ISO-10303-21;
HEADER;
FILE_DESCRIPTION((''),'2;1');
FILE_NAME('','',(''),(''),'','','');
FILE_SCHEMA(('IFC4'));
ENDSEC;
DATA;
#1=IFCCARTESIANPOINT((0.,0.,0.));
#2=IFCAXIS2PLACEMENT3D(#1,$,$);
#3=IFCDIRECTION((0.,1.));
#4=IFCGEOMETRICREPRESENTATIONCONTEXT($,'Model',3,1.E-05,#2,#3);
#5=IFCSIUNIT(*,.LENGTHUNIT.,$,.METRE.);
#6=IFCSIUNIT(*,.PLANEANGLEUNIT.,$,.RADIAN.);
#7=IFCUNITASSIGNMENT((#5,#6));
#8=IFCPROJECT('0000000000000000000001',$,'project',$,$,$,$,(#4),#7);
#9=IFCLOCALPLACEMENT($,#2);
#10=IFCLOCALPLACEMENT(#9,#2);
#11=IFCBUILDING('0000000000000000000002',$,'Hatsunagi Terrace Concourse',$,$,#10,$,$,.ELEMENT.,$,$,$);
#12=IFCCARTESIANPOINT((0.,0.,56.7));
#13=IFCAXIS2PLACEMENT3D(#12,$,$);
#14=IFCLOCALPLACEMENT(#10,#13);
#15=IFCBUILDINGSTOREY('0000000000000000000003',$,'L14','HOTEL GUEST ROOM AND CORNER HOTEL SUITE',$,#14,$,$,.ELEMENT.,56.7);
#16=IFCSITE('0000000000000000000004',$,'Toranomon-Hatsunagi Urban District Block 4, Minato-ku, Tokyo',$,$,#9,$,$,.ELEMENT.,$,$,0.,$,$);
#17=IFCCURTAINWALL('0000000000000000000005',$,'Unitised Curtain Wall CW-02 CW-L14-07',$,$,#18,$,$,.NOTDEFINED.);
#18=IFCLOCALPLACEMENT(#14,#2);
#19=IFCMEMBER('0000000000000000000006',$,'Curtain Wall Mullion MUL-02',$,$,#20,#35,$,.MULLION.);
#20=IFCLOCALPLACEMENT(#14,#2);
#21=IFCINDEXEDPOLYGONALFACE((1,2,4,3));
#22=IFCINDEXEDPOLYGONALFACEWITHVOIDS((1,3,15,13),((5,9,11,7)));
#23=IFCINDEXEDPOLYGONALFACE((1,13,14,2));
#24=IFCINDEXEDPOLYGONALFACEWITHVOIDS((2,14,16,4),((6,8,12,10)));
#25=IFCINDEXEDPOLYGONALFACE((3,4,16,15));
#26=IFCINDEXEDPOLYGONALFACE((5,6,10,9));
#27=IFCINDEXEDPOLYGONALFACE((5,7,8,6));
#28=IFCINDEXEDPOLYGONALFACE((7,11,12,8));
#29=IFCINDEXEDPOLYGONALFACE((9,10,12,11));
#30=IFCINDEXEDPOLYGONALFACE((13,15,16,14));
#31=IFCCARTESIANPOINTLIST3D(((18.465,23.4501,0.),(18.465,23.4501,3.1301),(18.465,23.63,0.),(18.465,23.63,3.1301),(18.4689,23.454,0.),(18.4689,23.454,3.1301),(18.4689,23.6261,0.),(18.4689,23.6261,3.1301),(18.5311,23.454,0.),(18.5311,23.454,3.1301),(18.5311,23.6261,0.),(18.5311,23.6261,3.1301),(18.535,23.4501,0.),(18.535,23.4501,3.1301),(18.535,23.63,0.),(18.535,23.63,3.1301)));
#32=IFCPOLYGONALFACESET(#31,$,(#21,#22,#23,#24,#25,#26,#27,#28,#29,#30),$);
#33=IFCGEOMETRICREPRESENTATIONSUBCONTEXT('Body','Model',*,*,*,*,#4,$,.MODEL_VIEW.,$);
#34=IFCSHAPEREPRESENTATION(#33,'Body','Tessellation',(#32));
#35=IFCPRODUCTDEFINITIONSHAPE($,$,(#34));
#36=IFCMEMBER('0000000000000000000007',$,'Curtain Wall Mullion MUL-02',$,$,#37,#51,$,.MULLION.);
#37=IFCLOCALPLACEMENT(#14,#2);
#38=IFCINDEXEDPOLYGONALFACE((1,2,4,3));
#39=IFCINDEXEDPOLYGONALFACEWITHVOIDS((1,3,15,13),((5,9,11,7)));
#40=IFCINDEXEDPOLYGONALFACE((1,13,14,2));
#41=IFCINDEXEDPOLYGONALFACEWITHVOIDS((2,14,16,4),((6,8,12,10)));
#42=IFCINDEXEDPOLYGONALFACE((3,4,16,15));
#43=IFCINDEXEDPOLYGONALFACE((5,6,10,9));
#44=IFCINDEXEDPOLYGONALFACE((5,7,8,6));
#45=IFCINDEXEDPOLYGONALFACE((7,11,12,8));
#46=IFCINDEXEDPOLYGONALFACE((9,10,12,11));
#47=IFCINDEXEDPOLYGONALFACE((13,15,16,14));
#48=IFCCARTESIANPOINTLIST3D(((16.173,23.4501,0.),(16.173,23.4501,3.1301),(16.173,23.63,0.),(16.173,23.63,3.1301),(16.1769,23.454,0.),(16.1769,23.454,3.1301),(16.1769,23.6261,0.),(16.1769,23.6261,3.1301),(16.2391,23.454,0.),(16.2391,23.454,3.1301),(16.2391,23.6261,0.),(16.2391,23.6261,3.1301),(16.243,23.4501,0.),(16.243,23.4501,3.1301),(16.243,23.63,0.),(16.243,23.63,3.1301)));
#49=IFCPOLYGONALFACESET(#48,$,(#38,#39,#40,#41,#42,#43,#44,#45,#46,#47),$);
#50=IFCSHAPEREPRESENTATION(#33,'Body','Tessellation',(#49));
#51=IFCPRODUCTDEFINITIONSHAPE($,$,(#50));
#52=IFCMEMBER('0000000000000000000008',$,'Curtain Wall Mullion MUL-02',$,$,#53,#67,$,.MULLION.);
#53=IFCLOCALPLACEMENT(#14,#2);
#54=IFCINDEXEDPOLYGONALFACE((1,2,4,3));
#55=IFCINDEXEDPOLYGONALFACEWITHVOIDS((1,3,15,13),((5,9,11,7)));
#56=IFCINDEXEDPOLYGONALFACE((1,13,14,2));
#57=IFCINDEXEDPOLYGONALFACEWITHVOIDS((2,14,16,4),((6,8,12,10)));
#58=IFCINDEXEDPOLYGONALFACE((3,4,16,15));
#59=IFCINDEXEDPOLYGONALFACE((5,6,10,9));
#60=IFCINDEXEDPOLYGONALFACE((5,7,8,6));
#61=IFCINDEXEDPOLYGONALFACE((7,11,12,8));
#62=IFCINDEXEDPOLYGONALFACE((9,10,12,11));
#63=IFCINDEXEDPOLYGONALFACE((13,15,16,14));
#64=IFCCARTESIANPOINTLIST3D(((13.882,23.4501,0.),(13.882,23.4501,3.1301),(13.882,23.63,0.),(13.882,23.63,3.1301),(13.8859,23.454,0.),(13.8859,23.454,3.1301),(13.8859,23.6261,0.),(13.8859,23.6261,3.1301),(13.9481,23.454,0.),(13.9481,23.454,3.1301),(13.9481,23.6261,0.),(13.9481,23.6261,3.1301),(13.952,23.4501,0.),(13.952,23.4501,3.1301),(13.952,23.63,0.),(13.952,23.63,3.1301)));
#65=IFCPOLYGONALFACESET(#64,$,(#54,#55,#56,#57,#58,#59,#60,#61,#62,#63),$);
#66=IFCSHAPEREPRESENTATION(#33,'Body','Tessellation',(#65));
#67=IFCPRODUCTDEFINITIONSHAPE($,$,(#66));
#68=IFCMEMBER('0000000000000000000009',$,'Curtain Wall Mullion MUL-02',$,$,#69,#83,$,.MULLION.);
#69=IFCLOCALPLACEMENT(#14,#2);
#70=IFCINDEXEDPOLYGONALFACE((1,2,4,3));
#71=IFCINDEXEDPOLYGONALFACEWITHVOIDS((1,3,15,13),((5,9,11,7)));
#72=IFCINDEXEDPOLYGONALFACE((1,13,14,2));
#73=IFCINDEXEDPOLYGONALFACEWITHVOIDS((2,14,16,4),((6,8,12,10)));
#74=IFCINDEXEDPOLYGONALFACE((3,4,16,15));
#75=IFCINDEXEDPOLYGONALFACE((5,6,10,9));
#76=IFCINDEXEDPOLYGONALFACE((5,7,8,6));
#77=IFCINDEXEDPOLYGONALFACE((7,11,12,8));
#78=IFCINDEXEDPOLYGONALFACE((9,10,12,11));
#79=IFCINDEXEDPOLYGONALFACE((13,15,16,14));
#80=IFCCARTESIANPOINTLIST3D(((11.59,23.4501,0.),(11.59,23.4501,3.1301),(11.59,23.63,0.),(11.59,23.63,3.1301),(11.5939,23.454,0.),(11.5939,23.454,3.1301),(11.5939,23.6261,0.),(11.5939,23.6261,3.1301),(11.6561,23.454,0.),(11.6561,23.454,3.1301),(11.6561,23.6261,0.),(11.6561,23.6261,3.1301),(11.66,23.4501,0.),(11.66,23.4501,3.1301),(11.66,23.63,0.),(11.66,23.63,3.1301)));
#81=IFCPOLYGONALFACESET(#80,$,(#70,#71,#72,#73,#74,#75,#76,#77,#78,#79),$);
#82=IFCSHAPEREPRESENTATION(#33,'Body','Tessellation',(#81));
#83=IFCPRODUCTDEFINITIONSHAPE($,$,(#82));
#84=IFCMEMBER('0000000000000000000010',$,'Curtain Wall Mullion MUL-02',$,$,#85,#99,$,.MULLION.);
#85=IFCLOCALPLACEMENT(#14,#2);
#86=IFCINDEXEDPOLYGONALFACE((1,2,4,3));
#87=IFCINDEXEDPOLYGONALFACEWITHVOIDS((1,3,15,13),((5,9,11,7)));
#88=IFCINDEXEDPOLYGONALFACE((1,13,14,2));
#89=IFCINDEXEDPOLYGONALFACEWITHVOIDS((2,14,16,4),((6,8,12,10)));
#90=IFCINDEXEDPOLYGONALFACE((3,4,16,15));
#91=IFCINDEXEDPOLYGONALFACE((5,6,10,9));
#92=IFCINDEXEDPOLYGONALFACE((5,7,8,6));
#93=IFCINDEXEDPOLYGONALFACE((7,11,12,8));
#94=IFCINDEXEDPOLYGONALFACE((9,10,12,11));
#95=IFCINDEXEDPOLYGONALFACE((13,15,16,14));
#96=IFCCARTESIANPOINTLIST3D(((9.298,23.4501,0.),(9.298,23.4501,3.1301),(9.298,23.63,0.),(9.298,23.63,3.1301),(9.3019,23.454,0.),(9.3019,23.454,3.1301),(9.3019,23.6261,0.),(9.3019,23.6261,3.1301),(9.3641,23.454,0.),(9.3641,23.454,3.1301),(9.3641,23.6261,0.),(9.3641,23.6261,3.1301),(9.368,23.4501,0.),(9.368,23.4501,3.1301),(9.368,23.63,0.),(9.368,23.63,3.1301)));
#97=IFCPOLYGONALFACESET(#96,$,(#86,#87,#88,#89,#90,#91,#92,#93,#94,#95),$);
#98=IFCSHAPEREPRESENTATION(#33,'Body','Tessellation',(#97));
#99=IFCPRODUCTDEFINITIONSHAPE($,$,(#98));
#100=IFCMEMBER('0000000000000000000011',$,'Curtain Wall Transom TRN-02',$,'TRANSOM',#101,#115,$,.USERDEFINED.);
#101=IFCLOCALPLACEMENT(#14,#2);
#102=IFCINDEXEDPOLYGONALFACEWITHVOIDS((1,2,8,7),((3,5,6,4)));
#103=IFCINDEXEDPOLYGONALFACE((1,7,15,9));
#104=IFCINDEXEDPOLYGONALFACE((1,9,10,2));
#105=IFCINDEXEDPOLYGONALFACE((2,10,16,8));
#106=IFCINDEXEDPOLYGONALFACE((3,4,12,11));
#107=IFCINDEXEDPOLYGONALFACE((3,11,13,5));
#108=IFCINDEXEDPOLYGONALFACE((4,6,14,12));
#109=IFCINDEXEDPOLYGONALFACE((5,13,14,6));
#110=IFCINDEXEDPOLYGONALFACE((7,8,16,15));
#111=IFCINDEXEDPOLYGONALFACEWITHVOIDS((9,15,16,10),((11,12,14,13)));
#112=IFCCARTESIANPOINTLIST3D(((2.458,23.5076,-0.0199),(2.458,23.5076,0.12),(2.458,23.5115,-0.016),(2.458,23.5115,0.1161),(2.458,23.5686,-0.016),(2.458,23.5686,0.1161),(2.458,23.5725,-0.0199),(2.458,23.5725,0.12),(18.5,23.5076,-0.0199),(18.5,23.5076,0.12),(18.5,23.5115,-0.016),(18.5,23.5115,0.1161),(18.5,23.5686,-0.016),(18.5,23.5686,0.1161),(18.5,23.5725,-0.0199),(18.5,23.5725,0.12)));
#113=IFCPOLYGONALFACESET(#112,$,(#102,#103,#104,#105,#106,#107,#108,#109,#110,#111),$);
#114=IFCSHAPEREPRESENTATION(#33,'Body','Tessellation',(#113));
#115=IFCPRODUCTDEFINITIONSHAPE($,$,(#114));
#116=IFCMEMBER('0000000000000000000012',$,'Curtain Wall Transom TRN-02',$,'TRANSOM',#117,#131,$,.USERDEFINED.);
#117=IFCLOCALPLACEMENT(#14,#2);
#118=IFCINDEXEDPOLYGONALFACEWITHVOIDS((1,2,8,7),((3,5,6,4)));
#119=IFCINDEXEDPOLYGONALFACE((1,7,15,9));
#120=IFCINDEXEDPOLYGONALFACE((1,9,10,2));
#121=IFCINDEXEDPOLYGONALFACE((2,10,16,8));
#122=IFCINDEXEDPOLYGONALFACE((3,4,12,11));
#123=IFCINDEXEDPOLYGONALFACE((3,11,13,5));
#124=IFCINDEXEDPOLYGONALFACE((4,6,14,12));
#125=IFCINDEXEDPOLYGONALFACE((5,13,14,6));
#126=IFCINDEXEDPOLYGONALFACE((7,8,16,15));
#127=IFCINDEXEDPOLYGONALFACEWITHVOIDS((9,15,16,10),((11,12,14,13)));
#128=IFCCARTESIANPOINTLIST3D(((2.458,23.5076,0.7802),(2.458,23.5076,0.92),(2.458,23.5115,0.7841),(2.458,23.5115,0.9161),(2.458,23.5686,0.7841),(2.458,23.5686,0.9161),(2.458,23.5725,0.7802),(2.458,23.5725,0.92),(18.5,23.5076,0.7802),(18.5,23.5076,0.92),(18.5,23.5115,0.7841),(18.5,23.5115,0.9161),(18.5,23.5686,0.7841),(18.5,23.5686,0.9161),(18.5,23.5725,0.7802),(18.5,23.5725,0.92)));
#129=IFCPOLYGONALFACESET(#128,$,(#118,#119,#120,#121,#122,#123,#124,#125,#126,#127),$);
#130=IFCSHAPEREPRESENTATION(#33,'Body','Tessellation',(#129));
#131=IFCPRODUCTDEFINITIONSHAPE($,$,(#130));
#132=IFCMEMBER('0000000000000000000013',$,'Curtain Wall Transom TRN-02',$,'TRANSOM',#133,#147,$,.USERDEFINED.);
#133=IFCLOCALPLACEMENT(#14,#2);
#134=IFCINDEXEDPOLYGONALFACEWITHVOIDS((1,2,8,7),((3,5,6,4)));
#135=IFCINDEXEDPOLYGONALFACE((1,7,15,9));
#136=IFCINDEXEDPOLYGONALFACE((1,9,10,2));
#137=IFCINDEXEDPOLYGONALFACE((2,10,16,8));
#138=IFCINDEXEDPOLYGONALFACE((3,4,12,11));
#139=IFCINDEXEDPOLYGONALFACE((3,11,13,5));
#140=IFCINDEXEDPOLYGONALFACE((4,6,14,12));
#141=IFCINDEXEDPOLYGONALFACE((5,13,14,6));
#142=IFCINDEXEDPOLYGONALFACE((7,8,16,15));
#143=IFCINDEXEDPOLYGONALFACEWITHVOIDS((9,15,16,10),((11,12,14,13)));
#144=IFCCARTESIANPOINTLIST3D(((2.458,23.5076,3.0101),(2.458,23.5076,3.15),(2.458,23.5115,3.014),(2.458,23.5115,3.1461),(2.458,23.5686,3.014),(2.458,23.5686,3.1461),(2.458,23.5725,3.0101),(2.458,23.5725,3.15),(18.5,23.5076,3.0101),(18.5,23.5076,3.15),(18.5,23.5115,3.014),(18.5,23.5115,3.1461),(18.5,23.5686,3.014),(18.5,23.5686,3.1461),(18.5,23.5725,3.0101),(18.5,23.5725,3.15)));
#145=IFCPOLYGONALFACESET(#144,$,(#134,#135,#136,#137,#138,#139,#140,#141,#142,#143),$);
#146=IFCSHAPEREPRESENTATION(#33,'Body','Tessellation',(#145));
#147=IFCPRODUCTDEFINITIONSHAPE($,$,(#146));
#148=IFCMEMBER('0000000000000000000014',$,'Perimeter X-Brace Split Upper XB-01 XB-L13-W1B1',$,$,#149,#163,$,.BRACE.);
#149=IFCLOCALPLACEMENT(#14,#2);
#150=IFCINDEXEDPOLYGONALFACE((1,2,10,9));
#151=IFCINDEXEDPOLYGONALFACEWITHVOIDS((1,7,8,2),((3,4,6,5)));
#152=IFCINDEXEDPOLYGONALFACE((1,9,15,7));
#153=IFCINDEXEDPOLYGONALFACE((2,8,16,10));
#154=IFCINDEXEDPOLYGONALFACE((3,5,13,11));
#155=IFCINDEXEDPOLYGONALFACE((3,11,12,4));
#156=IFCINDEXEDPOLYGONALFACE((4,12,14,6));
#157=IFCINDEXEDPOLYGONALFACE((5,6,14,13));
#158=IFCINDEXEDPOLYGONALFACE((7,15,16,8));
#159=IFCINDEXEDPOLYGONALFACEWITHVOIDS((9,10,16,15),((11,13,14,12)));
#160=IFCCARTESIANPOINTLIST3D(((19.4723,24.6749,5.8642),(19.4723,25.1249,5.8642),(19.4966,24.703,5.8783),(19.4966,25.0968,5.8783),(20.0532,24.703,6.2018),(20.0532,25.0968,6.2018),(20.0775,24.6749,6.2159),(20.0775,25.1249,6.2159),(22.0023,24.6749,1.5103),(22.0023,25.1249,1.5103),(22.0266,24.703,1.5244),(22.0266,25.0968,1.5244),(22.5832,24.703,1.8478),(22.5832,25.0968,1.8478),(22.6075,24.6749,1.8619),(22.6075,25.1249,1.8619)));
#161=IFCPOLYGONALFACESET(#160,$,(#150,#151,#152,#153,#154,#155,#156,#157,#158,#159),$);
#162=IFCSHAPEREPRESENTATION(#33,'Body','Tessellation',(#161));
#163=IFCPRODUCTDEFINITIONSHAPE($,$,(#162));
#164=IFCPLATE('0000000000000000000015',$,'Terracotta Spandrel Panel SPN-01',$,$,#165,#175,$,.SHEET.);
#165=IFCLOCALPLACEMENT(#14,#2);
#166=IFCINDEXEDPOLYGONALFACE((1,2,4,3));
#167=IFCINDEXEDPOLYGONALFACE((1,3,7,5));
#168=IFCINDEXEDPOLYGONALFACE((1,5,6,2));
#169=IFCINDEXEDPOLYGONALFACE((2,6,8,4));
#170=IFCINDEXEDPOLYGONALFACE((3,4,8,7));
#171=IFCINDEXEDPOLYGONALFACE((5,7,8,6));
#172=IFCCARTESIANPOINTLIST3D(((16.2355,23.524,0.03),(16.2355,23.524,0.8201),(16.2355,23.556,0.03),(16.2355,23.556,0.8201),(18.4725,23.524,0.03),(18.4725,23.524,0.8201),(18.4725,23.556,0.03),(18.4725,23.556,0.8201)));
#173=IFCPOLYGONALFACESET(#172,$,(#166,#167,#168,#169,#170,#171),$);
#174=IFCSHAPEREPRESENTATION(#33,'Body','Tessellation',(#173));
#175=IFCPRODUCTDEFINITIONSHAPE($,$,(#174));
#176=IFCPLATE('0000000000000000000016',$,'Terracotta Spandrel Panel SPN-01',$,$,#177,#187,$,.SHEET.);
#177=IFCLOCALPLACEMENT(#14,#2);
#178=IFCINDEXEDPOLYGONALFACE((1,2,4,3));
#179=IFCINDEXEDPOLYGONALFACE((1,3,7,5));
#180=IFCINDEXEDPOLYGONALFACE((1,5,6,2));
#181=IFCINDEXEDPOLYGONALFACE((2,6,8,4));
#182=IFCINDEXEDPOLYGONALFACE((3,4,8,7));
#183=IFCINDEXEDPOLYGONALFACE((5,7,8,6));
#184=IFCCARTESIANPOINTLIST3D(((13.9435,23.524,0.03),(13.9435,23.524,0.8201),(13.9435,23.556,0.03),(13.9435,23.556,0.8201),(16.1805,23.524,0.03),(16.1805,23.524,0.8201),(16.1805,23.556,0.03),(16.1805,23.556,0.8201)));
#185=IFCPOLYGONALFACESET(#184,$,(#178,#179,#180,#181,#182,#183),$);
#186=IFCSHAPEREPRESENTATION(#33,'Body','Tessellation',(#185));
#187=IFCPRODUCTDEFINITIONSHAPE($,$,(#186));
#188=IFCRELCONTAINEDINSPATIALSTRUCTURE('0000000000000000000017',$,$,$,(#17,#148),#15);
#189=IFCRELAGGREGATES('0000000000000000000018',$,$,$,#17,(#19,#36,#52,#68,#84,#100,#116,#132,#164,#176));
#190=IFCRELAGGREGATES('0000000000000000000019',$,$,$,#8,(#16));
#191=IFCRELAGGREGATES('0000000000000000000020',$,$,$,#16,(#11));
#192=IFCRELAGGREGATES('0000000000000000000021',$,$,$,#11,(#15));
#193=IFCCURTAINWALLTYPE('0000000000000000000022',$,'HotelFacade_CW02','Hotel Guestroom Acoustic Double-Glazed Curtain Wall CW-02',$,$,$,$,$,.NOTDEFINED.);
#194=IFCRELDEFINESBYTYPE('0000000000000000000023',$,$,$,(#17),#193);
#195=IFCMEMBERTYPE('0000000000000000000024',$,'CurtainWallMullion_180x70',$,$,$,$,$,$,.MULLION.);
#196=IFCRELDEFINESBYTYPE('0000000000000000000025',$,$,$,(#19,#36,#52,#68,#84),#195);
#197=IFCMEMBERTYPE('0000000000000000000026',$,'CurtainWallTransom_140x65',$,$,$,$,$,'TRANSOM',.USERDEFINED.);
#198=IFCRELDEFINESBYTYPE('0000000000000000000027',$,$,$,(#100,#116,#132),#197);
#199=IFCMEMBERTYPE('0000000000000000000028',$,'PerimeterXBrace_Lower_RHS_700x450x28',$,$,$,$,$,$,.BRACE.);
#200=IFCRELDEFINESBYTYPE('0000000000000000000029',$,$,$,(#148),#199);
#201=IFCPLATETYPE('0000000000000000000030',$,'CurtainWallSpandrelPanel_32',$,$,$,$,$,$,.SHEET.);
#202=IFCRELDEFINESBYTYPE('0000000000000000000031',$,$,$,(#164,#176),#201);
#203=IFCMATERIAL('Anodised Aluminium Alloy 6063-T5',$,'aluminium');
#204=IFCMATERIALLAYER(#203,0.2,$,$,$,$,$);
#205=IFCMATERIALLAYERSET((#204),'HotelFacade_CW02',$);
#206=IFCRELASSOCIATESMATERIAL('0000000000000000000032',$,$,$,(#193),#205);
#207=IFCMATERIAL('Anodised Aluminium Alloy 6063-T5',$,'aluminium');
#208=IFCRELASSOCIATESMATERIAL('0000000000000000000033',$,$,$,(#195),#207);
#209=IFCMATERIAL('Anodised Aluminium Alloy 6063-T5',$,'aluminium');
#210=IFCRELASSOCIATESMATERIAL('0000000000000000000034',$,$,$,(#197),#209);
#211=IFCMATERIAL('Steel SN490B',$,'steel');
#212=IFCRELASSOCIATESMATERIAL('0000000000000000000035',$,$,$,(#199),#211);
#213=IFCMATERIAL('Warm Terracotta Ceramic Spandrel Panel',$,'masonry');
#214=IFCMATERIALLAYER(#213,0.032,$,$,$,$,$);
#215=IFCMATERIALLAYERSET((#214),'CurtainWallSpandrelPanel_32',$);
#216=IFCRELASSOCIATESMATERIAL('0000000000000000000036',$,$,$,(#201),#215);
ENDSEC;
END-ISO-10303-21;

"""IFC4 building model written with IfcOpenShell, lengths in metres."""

from ifc_helpers import new_model, si_unit, direction, frame, origin, origin_2d, place, context, subcontext, project, spatial, rectangle, hollow_rectangle, extrude, material, layer, layer_set, material_profile, profile_set, type_object, element, aggregate, save


model = new_model("IFC4")

# Units and contexts
model_context = context("Model", 3, precision=1e-05, world=origin(), true_north=direction((0.0, 1.0)))
body_context = subcontext(model_context, "Body", "Model", "MODEL_VIEW")
ifc_project = project(units=[si_unit("LENGTHUNIT", "METRE"), si_unit("PLANEANGLEUNIT", "RADIAN")], contexts=[model_context])

# Site, building, storey
site_placement = place(None, origin())
site = spatial("IfcSite", under=ifc_project, at=site_placement, Name="Toranomon-Hatsunagi Urban District Block 4, Minato-ku, Tokyo", CompositionType="ELEMENT", RefElevation=0.0)
building_placement = place(site_placement, origin())
building = spatial("IfcBuilding", under=site, at=building_placement, Name="Hatsunagi Terrace Concourse", CompositionType="ELEMENT")
storey_placement = place(building_placement, frame((0.0, 0.0, 56.7)))
storey = spatial("IfcBuildingStorey", under=building, at=storey_placement, Name="L14", Description="HOTEL GUEST ROOM AND CORNER HOTEL SUITE", CompositionType="ELEMENT", Elevation=56.7)

# Curtain wall, members
ifc_material_1 = material(Name="Anodised Aluminium Alloy 6063-T5", Category="aluminium")
ifc_layer_1 = layer(ifc_material_1, 0.2)
ifc_layer_set_1 = layer_set([ifc_layer_1], Name="HotelFacade_CW02")
curtain_wall_type = type_object("IfcCurtainWallType", Name="HotelFacade_CW02", Description="Hotel Guestroom Acoustic Double-Glazed Curtain Wall CW-02", PredefinedType="NOTDEFINED", material=ifc_layer_set_1)
curtain_wall_placement = place(storey_placement, origin())
curtain_wall = element("IfcCurtainWall", 1, at=curtain_wall_placement, inside=storey, type_object=curtain_wall_type, Name="Unitised Curtain Wall CW-02 CW-L14-07", PredefinedType="NOTDEFINED")
ifc_material_2 = material(Name="Anodised Aluminium Alloy 6063-T5", Category="aluminium")
ifc_material_profile_1 = material_profile(ifc_material_2, hollow_rectangle(XDim=0.0701, YDim=0.1799, WallThickness=0.0039, at=origin_2d()), Name="ALU-MUL-180x70x4")
ifc_profile_set_1 = profile_set([ifc_material_profile_1], Name="Anodised Aluminium Alloy 6063-T5")
member_type_1 = type_object("IfcMemberType", Name="CurtainWallMullion_180x70", PredefinedType="MULLION", material=ifc_profile_set_1)
member_1_placement = place(storey_placement, frame((18.5, 23.54, 0.0), z_axis=(0.0, 0.0, 1.0), x_axis=(-1.0, 0.0, 0.0)))
member_1 = element("IfcMember", 2, at=member_1_placement, type_object=member_type_1, Name="Curtain Wall Mullion MUL-02", PredefinedType="MULLION", context=body_context, shape_type="SweptSolid", body=[
    extrude(hollow_rectangle(XDim=0.0701, YDim=0.1799, WallThickness=0.0039, at=origin_2d()), origin(), (0.0, 0.0, 1.0), 3.1301),
])
member_2_placement = place(storey_placement, frame((16.208, 23.54, 0.0), z_axis=(0.0, 0.0, 1.0), x_axis=(-1.0, 0.0, 0.0)))
member_2 = element("IfcMember", 3, at=member_2_placement, type_object=member_type_1, Name="Curtain Wall Mullion MUL-02", PredefinedType="MULLION", context=body_context, shape_type="SweptSolid", body=[
    extrude(hollow_rectangle(XDim=0.0701, YDim=0.1799, WallThickness=0.0039, at=origin_2d()), origin(), (0.0, 0.0, 1.0), 3.1301),
])
member_3_placement = place(storey_placement, frame((13.917, 23.54, 0.0), z_axis=(0.0, 0.0, 1.0), x_axis=(-1.0, 0.0, 0.0)))
member_3 = element("IfcMember", 4, at=member_3_placement, type_object=member_type_1, Name="Curtain Wall Mullion MUL-02", PredefinedType="MULLION", context=body_context, shape_type="SweptSolid", body=[
    extrude(hollow_rectangle(XDim=0.0701, YDim=0.1799, WallThickness=0.0039, at=origin_2d()), origin(), (0.0, 0.0, 1.0), 3.1301),
])
member_4_placement = place(storey_placement, frame((11.625, 23.54, 0.0), z_axis=(0.0, 0.0, 1.0), x_axis=(-1.0, 0.0, 0.0)))
member_4 = element("IfcMember", 5, at=member_4_placement, type_object=member_type_1, Name="Curtain Wall Mullion MUL-02", PredefinedType="MULLION", context=body_context, shape_type="SweptSolid", body=[
    extrude(hollow_rectangle(XDim=0.0701, YDim=0.1799, WallThickness=0.0039, at=origin_2d()), origin(), (0.0, 0.0, 1.0), 3.1301),
])
member_5_placement = place(storey_placement, frame((9.333, 23.54, 0.0), z_axis=(0.0, 0.0, 1.0), x_axis=(-1.0, 0.0, 0.0)))
member_5 = element("IfcMember", 6, at=member_5_placement, type_object=member_type_1, Name="Curtain Wall Mullion MUL-02", PredefinedType="MULLION", context=body_context, shape_type="SweptSolid", body=[
    extrude(hollow_rectangle(XDim=0.0701, YDim=0.1799, WallThickness=0.0039, at=origin_2d()), origin(), (0.0, 0.0, 1.0), 3.1301),
])
ifc_material_3 = material(Name="Anodised Aluminium Alloy 6063-T5", Category="aluminium")
ifc_material_profile_2 = material_profile(ifc_material_3, hollow_rectangle(XDim=0.0649, YDim=0.1399, WallThickness=0.0039, at=origin_2d()), Name="ALU-TRN-140x65x4")
ifc_profile_set_2 = profile_set([ifc_material_profile_2], Name="Anodised Aluminium Alloy 6063-T5")
member_type_2 = type_object("IfcMemberType", Name="CurtainWallTransom_140x65", ElementType="TRANSOM", PredefinedType="USERDEFINED", material=ifc_profile_set_2)
member_6_placement = place(storey_placement, frame((18.5, 23.54, 0.05), z_axis=(-1.0, 0.0, 0.0), x_axis=(0.0, -1.0, 0.0)))
member_6 = element("IfcMember", 7, at=member_6_placement, type_object=member_type_2, Name="Curtain Wall Transom TRN-02", ObjectType="TRANSOM", PredefinedType="USERDEFINED", context=body_context, shape_type="SweptSolid", body=[
    extrude(hollow_rectangle(XDim=0.0649, YDim=0.1399, WallThickness=0.0039, at=origin_2d()), origin(), (0.0, 0.0, 1.0), 16.042),
])
member_7_placement = place(storey_placement, frame((18.5, 23.54, 0.8501), z_axis=(-1.0, 0.0, 0.0), x_axis=(0.0, -1.0, 0.0)))
member_7 = element("IfcMember", 8, at=member_7_placement, type_object=member_type_2, Name="Curtain Wall Transom TRN-02", ObjectType="TRANSOM", PredefinedType="USERDEFINED", context=body_context, shape_type="SweptSolid", body=[
    extrude(hollow_rectangle(XDim=0.0649, YDim=0.1399, WallThickness=0.0039, at=origin_2d()), origin(), (0.0, 0.0, 1.0), 16.042),
])
member_8_placement = place(storey_placement, frame((18.5, 23.54, 3.0801), z_axis=(-1.0, 0.0, 0.0), x_axis=(0.0, -1.0, 0.0)))
member_8 = element("IfcMember", 9, at=member_8_placement, type_object=member_type_2, Name="Curtain Wall Transom TRN-02", ObjectType="TRANSOM", PredefinedType="USERDEFINED", context=body_context, shape_type="SweptSolid", body=[
    extrude(hollow_rectangle(XDim=0.0649, YDim=0.1399, WallThickness=0.0039, at=origin_2d()), origin(), (0.0, 0.0, 1.0), 16.042),
])

# Member
ifc_material_4 = material(Name="Steel SN490B", Category="steel")
ifc_material_profile_3 = material_profile(ifc_material_4, hollow_rectangle(XDim=0.45, YDim=0.7, WallThickness=0.0281, at=origin_2d()), Name="RHS-700x450x28")
ifc_profile_set_3 = profile_set([ifc_material_profile_3], Name="Steel SN490B")
member_type_3 = type_object("IfcMemberType", Name="PerimeterXBrace_Lower_RHS_700x450x28", PredefinedType="BRACE", material=ifc_profile_set_3)
member_9_placement = place(storey_placement, frame((19.7749, 24.8999, 6.04), z_axis=(0.502417, 0.0, -0.864625), x_axis=(0.0, 1.0, 0.0)))
element("IfcMember", 10, at=member_9_placement, inside=storey, type_object=member_type_3, Name="Perimeter X-Brace Split Upper XB-01 XB-L13-W1B1", PredefinedType="BRACE", context=body_context, shape_type="SweptSolid", body=[
    extrude(hollow_rectangle(XDim=0.45, YDim=0.7, WallThickness=0.0281, at=origin_2d()), origin(), (0.0, 0.0, 1.0), 5.0356),
])

# Plates
ifc_material_5 = material(Name="Warm Terracotta Ceramic Spandrel Panel", Category="masonry")
ifc_layer_2 = layer(ifc_material_5, 0.032)
ifc_layer_set_2 = layer_set([ifc_layer_2], Name="CurtainWallSpandrelPanel_32")
plate_type_1 = type_object("IfcPlateType", Name="CurtainWallSpandrelPanel_32", PredefinedType="SHEET", material=ifc_layer_set_2)
plate_1_placement = place(storey_placement, frame((17.354, 23.54, 0.03), z_axis=(0.0, 0.0, 1.0), x_axis=(-1.0, 0.0, 0.0)))
plate_1 = element("IfcPlate", 11, at=plate_1_placement, type_object=plate_type_1, Name="Terracotta Spandrel Panel SPN-01", PredefinedType="SHEET", context=body_context, shape_type="SweptSolid", body=[
    extrude(rectangle(XDim=2.2371, YDim=0.032, at=origin_2d()), origin(), (0.0, 0.0, 1.0), 0.79),
])
plate_2_placement = place(storey_placement, frame((15.062, 23.54, 0.03), z_axis=(0.0, 0.0, 1.0), x_axis=(-1.0, 0.0, 0.0)))
plate_2 = element("IfcPlate", 12, at=plate_2_placement, type_object=plate_type_1, Name="Terracotta Spandrel Panel SPN-01", PredefinedType="SHEET", context=body_context, shape_type="SweptSolid", body=[
    extrude(rectangle(XDim=2.2371, YDim=0.032, at=origin_2d()), origin(), (0.0, 0.0, 1.0), 0.79),
])
aggregate(curtain_wall, [member_1, member_2, member_3, member_4, member_5, member_6, member_7, member_8, plate_1, plate_2])

save(model, "model.ifc")
